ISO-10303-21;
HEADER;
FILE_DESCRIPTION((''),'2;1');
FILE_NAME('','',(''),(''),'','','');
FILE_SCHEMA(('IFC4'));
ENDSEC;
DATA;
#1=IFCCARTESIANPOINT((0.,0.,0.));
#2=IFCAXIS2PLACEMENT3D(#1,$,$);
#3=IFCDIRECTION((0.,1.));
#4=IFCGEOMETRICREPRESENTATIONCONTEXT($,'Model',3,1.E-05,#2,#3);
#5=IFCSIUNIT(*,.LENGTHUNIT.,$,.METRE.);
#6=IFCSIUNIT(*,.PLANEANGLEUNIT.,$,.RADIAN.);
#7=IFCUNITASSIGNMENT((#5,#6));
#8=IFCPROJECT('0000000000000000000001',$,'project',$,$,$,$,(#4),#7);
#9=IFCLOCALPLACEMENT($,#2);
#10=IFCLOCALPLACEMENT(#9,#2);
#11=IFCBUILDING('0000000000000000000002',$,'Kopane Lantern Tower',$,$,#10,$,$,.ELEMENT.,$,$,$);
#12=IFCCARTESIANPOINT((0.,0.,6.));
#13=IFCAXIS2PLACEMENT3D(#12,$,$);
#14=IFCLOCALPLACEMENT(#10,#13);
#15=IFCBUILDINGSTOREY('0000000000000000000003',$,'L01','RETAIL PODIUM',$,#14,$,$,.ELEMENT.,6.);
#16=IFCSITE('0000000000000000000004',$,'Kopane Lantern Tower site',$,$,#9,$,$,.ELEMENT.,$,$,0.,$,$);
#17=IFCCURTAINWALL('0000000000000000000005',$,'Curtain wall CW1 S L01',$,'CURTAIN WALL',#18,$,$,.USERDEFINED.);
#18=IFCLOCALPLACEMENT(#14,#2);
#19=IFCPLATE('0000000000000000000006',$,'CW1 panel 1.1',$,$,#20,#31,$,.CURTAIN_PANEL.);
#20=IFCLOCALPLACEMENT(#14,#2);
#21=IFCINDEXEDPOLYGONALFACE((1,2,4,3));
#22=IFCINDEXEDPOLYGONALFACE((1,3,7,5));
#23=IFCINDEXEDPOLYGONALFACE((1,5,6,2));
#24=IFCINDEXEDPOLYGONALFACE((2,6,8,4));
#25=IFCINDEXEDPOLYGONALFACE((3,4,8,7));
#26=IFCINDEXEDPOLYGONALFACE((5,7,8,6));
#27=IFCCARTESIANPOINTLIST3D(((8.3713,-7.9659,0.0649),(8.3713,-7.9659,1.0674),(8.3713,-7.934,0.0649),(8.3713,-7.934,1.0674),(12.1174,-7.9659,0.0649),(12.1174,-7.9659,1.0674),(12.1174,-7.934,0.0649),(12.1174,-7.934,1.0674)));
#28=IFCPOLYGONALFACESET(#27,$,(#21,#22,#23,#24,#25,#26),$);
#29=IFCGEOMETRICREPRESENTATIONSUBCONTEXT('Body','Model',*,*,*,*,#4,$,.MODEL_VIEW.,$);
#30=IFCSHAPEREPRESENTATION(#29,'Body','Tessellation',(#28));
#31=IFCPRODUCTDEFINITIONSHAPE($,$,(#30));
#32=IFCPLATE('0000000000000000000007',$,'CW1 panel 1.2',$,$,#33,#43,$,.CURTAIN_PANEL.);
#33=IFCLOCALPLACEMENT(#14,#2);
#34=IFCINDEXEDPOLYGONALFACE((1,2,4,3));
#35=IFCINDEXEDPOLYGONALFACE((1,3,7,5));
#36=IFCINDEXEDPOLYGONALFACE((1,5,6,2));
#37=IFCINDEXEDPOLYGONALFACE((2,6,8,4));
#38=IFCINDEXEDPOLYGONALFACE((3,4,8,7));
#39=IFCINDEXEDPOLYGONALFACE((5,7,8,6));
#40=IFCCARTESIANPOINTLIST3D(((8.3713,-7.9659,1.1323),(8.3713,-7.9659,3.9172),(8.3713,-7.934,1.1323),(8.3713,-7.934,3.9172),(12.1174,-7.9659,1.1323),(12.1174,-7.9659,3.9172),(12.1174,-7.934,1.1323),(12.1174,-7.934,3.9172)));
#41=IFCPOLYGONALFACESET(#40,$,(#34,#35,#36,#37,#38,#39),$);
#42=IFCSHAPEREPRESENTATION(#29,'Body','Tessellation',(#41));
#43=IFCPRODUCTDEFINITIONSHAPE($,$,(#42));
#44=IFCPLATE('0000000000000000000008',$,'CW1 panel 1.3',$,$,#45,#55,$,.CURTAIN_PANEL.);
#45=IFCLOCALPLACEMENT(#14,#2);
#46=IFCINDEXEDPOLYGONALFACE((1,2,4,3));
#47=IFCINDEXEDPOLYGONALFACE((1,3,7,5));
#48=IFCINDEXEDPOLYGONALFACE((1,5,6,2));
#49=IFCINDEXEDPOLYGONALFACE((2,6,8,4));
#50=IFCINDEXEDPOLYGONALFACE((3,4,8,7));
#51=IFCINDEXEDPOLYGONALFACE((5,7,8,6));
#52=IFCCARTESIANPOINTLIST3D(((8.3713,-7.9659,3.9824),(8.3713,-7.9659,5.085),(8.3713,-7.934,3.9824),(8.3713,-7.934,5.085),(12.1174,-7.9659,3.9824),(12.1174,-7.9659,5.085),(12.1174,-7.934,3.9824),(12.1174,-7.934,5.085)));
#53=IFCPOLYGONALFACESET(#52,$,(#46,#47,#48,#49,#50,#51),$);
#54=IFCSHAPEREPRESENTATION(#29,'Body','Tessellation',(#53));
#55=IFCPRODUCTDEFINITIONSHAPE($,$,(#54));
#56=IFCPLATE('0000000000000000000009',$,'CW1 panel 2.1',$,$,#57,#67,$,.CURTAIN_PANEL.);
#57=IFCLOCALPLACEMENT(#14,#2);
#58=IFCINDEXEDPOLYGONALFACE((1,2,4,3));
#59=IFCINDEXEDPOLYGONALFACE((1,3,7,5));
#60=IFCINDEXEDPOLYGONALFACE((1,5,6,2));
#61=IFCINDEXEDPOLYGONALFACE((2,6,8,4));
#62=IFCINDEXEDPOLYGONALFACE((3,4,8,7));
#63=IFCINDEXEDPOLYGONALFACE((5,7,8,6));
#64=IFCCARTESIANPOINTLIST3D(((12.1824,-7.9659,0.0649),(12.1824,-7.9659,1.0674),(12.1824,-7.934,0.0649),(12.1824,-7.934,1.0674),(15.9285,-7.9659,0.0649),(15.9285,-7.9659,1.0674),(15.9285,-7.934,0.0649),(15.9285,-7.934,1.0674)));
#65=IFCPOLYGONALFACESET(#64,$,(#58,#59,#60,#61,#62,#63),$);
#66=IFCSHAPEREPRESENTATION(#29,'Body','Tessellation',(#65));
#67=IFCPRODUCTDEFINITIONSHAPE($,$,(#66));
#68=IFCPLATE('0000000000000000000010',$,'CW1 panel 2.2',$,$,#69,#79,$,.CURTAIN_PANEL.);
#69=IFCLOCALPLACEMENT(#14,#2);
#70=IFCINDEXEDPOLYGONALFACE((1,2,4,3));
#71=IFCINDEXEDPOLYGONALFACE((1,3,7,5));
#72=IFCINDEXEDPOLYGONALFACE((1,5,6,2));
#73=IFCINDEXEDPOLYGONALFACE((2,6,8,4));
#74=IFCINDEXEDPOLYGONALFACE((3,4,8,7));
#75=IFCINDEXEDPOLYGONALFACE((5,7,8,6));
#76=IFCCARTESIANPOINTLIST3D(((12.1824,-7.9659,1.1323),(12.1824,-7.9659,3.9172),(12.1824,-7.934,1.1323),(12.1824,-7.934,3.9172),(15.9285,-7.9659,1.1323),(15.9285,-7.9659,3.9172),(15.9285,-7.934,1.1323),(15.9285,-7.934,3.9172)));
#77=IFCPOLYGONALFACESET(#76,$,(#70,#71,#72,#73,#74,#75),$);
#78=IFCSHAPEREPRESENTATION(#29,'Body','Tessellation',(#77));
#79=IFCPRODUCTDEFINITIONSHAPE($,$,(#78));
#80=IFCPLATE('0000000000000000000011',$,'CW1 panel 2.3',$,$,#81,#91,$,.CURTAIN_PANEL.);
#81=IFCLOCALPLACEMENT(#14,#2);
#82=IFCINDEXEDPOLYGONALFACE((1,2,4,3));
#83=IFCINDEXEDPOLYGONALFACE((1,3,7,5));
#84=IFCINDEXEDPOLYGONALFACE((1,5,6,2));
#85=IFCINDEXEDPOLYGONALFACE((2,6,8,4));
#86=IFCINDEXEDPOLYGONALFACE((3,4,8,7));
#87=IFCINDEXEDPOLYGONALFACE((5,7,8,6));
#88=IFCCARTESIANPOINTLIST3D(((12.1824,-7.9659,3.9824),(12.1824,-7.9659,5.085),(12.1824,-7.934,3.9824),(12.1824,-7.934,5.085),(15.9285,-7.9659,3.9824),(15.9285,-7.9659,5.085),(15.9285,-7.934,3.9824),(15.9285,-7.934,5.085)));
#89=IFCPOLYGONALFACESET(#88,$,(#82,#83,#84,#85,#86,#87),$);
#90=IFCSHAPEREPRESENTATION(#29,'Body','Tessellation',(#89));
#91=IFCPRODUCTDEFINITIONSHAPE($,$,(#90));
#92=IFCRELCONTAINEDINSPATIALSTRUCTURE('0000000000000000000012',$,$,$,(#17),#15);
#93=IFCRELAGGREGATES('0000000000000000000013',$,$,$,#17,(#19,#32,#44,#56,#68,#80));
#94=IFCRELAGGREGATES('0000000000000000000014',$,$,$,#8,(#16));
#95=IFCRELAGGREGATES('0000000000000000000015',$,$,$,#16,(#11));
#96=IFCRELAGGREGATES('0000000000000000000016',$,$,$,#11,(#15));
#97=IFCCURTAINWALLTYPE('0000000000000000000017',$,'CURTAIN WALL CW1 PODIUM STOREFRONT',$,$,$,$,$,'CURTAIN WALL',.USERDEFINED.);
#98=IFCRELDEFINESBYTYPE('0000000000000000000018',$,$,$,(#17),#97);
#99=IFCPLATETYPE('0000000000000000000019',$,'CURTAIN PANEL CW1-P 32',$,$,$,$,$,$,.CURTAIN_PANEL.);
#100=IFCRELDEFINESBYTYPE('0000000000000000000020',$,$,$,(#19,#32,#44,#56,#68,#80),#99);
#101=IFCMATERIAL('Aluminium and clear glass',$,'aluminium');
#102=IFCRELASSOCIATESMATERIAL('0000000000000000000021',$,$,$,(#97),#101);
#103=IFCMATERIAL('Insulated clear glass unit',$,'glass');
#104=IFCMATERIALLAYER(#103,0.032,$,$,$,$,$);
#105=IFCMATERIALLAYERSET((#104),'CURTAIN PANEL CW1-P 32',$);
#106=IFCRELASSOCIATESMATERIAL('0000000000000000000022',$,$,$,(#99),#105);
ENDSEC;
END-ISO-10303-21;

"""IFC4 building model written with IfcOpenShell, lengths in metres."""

from ifc_helpers import new_model, si_unit, direction, frame, origin, origin_2d, place, context, subcontext, project, spatial, rectangle, extrude, material, layer, layer_set, type_object, element, aggregate, save


model = new_model("IFC4")

# Units and contexts
model_context = context("Model", 3, precision=1e-05, world=origin(), true_north=direction((0.0, 1.0)))
body_context = subcontext(model_context, "Body", "Model", "MODEL_VIEW")
ifc_project = project(units=[si_unit("LENGTHUNIT", "METRE"), si_unit("PLANEANGLEUNIT", "RADIAN")], contexts=[model_context])

# Site, building, storey
site_placement = place(None, origin())
site = spatial("IfcSite", under=ifc_project, at=site_placement, Name="Kopane Lantern Tower site", CompositionType="ELEMENT", RefElevation=0.0)
building_placement = place(site_placement, origin())
building = spatial("IfcBuilding", under=site, at=building_placement, Name="Kopane Lantern Tower", CompositionType="ELEMENT")
storey_placement = place(building_placement, frame((0.0, 0.0, 6.0)))
storey = spatial("IfcBuildingStorey", under=building, at=storey_placement, Name="L01", Description="RETAIL PODIUM", CompositionType="ELEMENT", Elevation=6.0)

# Curtain wall, plates
ifc_material_1 = material(Name="Aluminium and clear glass", Category="aluminium")
curtain_wall_type = type_object("IfcCurtainWallType", Name="CURTAIN WALL CW1 PODIUM STOREFRONT", ElementType="CURTAIN WALL", PredefinedType="USERDEFINED", material=ifc_material_1)
curtain_wall_placement = place(storey_placement, origin())
curtain_wall = element("IfcCurtainWall", 1, at=curtain_wall_placement, inside=storey, type_object=curtain_wall_type, Name="Curtain wall CW1 S L01", ObjectType="CURTAIN WALL", PredefinedType="USERDEFINED")
ifc_material_2 = material(Name="Insulated clear glass unit", Category="glass")
ifc_layer = layer(ifc_material_2, 0.032)
ifc_layer_set = layer_set([ifc_layer], Name="CURTAIN PANEL CW1-P 32")
plate_type = type_object("IfcPlateType", Name="CURTAIN PANEL CW1-P 32", PredefinedType="CURTAIN_PANEL", material=ifc_layer_set)
plate_1_placement = place(storey_placement, frame((10.2444, -7.95, 0.0649), z_axis=(0.0, 0.0, 1.0), x_axis=(1.0, 0.0, 0.0)))
plate_1 = element("IfcPlate", 2, at=plate_1_placement, type_object=plate_type, Name="CW1 panel 1.1", PredefinedType="CURTAIN_PANEL", context=body_context, shape_type="SweptSolid", body=[
    extrude(rectangle(XDim=3.7461, YDim=0.032, at=origin_2d()), origin(), (0.0, 0.0, 1.0), 1.0024),
])
plate_2_placement = place(storey_placement, frame((10.2444, -7.95, 1.1323), z_axis=(0.0, 0.0, 1.0), x_axis=(1.0, 0.0, 0.0)))
plate_2 = element("IfcPlate", 3, at=plate_2_placement, type_object=plate_type, Name="CW1 panel 1.2", PredefinedType="CURTAIN_PANEL", context=body_context, shape_type="SweptSolid", body=[
    extrude(rectangle(XDim=3.7461, YDim=0.032, at=origin_2d()), origin(), (0.0, 0.0, 1.0), 2.7849),
])
plate_3_placement = place(storey_placement, frame((10.2444, -7.95, 3.9824), z_axis=(0.0, 0.0, 1.0), x_axis=(1.0, 0.0, 0.0)))
plate_3 = element("IfcPlate", 4, at=plate_3_placement, type_object=plate_type, Name="CW1 panel 1.3", PredefinedType="CURTAIN_PANEL", context=body_context, shape_type="SweptSolid", body=[
    extrude(rectangle(XDim=3.7461, YDim=0.032, at=origin_2d()), origin(), (0.0, 0.0, 1.0), 1.1025),
])
plate_4_placement = place(storey_placement, frame((14.0554, -7.95, 0.0649), z_axis=(0.0, 0.0, 1.0), x_axis=(1.0, 0.0, 0.0)))
plate_4 = element("IfcPlate", 5, at=plate_4_placement, type_object=plate_type, Name="CW1 panel 2.1", PredefinedType="CURTAIN_PANEL", context=body_context, shape_type="SweptSolid", body=[
    extrude(rectangle(XDim=3.7461, YDim=0.032, at=origin_2d()), origin(), (0.0, 0.0, 1.0), 1.0024),
])
plate_5_placement = place(storey_placement, frame((14.0554, -7.95, 1.1323), z_axis=(0.0, 0.0, 1.0), x_axis=(1.0, 0.0, 0.0)))
plate_5 = element("IfcPlate", 6, at=plate_5_placement, type_object=plate_type, Name="CW1 panel 2.2", PredefinedType="CURTAIN_PANEL", context=body_context, shape_type="SweptSolid", body=[
    extrude(rectangle(XDim=3.7461, YDim=0.032, at=origin_2d()), origin(), (0.0, 0.0, 1.0), 2.7849),
])
plate_6_placement = place(storey_placement, frame((14.0554, -7.95, 3.9824), z_axis=(0.0, 0.0, 1.0), x_axis=(1.0, 0.0, 0.0)))
plate_6 = element("IfcPlate", 7, at=plate_6_placement, type_object=plate_type, Name="CW1 panel 2.3", PredefinedType="CURTAIN_PANEL", context=body_context, shape_type="SweptSolid", body=[
    extrude(rectangle(XDim=3.7461, YDim=0.032, at=origin_2d()), origin(), (0.0, 0.0, 1.0), 1.1025),
])
aggregate(curtain_wall, [plate_1, plate_2, plate_3, plate_4, plate_5, plate_6])

save(model, "model.ifc")
